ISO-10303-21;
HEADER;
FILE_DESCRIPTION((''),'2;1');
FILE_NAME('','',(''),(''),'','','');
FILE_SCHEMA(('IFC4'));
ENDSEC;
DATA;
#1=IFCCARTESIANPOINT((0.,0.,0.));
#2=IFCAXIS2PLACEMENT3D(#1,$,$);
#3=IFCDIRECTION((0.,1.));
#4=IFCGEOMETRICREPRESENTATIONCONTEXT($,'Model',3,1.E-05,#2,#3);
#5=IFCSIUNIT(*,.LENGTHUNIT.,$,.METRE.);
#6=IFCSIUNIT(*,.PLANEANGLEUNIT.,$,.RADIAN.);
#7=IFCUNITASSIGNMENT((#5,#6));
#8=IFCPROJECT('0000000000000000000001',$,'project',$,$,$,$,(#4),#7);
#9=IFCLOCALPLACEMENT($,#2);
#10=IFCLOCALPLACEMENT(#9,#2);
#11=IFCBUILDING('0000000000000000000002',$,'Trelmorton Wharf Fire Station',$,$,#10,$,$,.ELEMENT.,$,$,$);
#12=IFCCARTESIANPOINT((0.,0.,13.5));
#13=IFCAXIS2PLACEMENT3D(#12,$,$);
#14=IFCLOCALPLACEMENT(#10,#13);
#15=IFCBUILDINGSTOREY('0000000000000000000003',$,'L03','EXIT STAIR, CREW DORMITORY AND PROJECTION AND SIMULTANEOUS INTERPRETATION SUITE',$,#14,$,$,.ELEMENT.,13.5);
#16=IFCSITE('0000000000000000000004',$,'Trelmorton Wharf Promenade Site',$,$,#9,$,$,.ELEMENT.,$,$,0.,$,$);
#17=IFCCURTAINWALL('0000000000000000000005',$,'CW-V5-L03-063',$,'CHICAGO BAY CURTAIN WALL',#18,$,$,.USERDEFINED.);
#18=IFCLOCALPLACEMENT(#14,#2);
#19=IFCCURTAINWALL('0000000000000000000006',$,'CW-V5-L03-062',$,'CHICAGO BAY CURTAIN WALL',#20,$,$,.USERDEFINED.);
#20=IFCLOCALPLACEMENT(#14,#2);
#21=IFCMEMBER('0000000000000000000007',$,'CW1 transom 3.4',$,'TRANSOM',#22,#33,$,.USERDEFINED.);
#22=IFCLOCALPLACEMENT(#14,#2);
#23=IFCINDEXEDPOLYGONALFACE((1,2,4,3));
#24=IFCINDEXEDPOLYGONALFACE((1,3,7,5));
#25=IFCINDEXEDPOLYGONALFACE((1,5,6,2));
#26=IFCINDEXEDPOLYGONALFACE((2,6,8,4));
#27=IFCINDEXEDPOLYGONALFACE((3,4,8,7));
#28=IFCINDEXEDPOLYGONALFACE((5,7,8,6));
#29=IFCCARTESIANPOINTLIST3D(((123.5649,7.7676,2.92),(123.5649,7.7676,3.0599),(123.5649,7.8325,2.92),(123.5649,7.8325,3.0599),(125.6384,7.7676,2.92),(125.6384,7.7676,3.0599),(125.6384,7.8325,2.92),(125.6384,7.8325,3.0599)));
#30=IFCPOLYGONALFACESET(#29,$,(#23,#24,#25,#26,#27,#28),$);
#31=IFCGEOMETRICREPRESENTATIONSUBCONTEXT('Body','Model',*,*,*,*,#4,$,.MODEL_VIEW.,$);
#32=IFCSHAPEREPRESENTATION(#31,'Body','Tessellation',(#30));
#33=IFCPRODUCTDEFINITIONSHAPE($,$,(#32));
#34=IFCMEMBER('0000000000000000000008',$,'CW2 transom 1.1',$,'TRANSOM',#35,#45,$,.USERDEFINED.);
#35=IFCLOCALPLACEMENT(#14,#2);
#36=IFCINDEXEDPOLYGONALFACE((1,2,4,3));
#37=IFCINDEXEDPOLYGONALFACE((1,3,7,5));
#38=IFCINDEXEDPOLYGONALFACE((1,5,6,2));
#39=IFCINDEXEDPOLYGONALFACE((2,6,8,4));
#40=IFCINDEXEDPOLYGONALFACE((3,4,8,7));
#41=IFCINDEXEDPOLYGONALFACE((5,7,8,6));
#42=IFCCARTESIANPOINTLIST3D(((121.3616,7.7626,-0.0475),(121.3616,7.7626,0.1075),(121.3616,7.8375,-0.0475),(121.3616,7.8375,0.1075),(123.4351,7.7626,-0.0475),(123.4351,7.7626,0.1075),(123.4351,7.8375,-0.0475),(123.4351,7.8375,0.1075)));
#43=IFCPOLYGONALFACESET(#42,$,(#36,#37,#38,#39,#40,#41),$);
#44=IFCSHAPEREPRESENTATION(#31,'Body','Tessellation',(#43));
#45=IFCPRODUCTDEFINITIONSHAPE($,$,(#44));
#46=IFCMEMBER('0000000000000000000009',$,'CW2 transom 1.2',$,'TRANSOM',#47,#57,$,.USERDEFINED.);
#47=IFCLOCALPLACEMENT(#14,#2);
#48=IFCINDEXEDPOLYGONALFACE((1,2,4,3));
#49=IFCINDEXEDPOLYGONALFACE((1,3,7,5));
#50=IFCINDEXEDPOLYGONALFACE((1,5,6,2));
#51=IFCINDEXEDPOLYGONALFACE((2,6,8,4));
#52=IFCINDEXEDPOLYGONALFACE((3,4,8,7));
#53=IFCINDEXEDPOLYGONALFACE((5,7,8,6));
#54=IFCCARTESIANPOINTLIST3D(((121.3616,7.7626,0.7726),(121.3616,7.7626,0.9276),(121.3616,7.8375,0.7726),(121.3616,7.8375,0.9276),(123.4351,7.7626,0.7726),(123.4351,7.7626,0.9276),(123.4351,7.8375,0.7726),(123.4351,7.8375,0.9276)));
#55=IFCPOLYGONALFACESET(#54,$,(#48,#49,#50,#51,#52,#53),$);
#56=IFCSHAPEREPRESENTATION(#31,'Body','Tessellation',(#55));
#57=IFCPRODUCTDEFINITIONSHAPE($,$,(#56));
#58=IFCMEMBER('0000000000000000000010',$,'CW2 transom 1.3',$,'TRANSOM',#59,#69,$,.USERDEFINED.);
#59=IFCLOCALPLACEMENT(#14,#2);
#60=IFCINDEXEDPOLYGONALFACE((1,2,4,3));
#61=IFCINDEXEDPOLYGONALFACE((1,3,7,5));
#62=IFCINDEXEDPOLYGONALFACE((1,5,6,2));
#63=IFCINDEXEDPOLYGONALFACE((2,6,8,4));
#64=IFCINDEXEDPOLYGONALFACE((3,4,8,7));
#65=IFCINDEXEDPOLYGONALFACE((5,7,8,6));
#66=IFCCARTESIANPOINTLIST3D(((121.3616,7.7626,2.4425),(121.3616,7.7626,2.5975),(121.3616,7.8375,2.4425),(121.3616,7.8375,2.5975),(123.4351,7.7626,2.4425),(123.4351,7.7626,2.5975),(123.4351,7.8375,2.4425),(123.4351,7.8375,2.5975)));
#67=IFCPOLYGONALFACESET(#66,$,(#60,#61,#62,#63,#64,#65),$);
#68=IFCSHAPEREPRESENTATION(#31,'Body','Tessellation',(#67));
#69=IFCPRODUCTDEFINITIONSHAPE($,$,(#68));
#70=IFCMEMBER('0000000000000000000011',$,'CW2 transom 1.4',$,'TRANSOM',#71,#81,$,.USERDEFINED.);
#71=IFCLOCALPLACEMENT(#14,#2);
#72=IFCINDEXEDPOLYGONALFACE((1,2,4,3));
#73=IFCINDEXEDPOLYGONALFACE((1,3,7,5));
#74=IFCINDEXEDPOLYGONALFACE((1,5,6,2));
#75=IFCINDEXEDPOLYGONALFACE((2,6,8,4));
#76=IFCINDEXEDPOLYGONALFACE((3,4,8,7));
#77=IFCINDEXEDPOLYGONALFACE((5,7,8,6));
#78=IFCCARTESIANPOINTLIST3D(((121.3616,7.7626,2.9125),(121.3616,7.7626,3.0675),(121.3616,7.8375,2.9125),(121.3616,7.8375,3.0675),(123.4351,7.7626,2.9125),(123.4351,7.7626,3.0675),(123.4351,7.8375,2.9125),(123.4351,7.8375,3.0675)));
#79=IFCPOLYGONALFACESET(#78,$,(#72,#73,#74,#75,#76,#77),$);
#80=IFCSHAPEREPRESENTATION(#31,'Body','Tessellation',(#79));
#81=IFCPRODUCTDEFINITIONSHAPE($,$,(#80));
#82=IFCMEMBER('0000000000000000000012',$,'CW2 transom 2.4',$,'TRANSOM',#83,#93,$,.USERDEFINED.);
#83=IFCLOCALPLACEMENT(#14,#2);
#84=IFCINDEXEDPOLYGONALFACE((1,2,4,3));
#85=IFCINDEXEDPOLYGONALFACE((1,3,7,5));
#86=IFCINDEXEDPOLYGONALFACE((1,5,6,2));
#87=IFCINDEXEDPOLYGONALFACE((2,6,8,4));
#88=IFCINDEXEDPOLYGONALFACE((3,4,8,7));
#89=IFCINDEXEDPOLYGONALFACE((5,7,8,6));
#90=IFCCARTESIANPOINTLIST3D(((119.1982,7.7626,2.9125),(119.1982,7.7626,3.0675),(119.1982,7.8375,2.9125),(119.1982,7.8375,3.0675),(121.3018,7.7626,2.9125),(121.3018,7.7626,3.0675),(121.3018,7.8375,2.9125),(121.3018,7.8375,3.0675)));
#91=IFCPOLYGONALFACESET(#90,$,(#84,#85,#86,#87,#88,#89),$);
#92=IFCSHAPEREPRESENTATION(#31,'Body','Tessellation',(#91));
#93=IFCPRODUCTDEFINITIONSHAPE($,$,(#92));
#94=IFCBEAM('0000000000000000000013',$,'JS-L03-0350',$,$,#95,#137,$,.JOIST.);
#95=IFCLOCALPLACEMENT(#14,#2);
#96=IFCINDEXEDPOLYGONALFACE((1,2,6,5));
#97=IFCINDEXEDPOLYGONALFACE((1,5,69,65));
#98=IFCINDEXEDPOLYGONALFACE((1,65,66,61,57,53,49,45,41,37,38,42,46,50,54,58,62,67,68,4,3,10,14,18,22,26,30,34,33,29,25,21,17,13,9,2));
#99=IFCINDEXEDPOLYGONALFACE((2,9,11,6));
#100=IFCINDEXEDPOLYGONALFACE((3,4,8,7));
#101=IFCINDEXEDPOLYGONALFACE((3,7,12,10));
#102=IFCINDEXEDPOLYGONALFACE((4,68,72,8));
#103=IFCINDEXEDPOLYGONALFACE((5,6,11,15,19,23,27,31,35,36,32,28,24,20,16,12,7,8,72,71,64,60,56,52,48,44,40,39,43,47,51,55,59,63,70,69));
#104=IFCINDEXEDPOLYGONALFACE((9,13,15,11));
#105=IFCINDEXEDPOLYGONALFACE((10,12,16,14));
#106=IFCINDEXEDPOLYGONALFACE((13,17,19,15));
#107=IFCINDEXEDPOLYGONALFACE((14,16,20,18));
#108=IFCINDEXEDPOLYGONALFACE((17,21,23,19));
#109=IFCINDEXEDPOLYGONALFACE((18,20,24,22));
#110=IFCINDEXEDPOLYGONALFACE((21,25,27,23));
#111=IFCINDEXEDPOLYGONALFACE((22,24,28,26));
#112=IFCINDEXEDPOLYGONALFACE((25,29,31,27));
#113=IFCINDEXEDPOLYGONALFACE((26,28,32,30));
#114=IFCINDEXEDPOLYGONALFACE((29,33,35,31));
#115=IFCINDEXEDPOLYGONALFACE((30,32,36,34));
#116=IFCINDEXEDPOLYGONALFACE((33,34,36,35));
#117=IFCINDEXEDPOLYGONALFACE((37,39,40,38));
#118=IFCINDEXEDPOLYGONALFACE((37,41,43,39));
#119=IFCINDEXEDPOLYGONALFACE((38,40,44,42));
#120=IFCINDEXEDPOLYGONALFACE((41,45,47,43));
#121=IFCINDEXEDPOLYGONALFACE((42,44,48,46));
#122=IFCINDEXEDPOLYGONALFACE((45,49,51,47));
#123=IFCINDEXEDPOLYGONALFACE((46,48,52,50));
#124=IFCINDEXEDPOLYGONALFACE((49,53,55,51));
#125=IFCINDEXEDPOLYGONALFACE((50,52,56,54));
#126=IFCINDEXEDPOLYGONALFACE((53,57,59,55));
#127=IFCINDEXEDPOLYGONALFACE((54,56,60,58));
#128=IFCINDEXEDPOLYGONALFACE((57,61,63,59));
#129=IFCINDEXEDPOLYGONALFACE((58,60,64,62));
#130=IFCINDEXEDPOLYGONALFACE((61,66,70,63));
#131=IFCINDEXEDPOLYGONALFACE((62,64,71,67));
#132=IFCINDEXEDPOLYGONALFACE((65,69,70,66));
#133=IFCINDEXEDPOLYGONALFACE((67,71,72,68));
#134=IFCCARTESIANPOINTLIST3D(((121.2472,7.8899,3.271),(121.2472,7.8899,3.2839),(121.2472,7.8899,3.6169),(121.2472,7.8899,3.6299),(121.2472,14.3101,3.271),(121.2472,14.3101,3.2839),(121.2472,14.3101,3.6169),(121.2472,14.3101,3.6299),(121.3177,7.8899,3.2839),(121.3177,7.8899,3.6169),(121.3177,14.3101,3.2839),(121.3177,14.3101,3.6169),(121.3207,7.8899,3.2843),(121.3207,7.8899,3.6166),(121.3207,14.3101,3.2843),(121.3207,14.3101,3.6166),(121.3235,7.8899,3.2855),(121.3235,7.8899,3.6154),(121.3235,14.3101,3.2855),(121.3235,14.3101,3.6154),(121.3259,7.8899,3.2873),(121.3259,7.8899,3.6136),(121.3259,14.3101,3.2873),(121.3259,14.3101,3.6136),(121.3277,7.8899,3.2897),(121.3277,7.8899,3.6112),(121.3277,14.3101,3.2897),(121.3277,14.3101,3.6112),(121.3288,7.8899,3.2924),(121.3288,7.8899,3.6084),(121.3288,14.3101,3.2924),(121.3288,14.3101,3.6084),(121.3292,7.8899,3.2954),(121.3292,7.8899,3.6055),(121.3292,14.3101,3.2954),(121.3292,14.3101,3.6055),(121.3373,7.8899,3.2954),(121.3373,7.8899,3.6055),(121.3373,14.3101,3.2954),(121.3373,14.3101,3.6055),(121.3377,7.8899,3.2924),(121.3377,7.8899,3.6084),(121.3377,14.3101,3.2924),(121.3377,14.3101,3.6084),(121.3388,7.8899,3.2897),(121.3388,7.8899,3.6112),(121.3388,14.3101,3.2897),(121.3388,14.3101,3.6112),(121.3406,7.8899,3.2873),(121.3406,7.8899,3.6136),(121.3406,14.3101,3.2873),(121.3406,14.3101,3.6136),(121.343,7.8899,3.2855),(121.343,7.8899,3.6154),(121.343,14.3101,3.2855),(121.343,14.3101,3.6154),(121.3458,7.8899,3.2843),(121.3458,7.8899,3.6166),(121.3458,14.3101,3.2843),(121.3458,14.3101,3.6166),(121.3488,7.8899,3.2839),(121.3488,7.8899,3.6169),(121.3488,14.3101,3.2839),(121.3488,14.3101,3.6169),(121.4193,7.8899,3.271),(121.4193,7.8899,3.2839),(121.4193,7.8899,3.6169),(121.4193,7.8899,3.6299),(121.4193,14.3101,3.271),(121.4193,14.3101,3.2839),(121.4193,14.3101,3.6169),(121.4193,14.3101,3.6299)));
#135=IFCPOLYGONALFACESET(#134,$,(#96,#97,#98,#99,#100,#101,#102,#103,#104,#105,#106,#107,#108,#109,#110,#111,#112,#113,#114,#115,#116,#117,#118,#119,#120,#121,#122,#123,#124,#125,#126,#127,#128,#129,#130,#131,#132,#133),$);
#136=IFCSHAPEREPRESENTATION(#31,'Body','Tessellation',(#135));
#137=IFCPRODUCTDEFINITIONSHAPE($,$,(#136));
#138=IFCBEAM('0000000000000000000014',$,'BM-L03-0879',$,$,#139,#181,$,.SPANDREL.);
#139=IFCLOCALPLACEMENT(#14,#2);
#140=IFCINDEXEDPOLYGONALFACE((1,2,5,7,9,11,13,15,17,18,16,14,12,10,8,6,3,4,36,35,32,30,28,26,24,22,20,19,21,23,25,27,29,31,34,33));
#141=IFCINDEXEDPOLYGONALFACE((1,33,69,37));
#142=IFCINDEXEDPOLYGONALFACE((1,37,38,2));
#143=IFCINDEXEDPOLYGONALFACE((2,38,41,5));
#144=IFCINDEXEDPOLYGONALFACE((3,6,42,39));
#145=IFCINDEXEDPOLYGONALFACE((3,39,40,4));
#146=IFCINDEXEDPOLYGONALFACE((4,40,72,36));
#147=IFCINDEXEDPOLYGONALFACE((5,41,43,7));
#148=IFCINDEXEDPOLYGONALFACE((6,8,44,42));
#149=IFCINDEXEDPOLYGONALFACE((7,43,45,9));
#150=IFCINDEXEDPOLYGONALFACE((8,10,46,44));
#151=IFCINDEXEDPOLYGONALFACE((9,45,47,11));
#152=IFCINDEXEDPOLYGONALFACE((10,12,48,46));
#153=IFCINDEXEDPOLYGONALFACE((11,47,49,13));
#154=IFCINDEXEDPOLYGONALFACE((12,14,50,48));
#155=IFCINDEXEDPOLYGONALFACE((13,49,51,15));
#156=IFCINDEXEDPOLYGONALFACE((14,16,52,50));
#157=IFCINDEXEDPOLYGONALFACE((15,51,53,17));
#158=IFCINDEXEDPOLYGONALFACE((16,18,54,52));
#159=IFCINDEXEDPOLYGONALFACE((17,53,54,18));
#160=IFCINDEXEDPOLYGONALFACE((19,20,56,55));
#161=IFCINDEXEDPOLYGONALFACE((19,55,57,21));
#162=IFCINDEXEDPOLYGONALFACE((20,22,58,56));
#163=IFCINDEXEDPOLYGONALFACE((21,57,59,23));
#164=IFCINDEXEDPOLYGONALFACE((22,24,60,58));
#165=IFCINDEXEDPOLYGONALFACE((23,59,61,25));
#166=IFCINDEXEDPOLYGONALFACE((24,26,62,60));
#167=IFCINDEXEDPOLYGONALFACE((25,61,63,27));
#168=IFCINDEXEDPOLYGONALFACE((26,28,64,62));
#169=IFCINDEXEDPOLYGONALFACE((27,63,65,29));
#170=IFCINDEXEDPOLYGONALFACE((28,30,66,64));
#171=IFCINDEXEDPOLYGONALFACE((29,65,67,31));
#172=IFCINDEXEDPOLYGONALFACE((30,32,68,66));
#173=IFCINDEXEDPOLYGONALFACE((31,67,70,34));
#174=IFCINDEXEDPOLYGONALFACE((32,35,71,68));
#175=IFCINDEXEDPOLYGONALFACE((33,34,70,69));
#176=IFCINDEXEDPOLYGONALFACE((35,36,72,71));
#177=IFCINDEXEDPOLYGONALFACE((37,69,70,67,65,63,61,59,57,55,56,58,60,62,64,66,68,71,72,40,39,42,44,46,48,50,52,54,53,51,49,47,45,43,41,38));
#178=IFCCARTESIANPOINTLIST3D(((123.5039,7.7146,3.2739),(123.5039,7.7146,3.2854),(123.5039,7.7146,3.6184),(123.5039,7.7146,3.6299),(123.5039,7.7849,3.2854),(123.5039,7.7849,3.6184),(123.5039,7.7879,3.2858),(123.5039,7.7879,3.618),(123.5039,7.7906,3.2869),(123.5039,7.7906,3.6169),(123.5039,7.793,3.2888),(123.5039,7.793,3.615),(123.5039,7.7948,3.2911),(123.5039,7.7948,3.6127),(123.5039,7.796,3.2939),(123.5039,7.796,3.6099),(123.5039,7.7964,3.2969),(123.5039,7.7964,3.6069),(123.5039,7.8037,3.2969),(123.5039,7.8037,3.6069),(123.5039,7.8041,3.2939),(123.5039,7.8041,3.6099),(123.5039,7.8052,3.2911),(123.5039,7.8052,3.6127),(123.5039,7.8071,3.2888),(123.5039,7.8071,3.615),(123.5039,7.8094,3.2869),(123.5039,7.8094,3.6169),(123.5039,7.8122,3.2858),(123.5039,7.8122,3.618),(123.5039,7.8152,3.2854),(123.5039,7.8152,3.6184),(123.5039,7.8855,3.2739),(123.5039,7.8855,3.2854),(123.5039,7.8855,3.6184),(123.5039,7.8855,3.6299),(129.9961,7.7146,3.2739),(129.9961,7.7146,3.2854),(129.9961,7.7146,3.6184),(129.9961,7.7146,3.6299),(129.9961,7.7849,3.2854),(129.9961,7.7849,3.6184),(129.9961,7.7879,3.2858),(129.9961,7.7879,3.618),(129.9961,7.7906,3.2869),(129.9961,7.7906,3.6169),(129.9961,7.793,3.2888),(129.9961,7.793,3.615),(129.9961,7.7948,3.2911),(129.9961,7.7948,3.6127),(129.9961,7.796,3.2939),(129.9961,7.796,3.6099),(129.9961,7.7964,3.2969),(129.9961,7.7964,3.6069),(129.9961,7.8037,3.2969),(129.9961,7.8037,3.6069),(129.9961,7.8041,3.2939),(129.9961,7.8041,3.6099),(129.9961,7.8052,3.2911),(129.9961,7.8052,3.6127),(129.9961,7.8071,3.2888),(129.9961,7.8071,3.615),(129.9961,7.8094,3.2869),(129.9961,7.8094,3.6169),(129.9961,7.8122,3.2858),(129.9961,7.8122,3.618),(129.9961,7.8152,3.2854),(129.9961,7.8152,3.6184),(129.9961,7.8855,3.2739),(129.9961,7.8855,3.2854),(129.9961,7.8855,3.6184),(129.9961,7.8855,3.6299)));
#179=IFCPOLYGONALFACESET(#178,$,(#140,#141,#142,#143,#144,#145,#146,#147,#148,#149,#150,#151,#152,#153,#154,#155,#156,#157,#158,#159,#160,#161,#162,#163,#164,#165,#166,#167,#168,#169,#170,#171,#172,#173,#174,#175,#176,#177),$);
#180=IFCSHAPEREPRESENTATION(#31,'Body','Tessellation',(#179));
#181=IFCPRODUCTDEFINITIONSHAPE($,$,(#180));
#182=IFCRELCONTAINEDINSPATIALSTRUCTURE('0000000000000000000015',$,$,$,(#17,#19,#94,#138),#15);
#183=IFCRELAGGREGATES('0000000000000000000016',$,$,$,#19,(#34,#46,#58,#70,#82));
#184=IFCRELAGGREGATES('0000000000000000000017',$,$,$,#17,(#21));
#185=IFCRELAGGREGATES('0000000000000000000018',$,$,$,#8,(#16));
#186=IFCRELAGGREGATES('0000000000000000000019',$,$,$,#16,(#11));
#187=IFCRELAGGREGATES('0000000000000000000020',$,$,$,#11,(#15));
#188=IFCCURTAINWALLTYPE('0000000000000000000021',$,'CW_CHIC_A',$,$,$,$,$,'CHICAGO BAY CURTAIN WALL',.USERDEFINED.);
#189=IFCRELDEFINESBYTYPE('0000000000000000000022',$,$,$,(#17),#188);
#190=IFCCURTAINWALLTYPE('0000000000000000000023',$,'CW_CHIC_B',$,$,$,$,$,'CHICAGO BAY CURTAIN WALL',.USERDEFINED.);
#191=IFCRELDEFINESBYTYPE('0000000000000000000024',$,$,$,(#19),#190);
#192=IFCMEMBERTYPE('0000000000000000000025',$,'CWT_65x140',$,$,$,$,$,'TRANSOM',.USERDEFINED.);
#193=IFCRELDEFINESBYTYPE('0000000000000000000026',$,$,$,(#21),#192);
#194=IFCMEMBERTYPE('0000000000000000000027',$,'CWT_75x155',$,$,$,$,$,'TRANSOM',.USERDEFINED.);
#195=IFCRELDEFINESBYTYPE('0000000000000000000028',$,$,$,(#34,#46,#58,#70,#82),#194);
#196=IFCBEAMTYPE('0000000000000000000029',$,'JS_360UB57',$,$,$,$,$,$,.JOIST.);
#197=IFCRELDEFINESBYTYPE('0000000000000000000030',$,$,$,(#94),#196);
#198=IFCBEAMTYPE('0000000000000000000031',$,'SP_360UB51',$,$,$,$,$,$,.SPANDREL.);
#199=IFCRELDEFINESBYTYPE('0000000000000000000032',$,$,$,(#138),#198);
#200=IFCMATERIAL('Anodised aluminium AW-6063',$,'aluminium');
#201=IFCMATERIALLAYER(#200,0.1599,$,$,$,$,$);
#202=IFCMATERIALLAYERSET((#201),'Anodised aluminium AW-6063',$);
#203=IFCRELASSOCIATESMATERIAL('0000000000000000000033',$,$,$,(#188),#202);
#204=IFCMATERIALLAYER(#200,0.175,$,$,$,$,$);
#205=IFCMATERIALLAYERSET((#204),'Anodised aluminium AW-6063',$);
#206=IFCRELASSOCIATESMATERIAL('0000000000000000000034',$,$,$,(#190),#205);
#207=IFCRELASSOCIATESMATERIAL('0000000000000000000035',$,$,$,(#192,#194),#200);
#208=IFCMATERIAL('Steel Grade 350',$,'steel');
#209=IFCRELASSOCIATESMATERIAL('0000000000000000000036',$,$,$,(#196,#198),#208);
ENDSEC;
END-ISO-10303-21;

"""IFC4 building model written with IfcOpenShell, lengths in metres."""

from ifc_helpers import new_model, si_unit, direction, frame, origin, origin_2d, place, context, subcontext, project, spatial, rectangle, i_section, extrude, material, layer, layer_set, material_profile, profile_set, type_object, element, aggregate, save


model = new_model("IFC4")

# Units and contexts
model_context = context("Model", 3, precision=1e-05, world=origin(), true_north=direction((0.0, 1.0)))
body_context = subcontext(model_context, "Body", "Model", "MODEL_VIEW")
ifc_project = project(units=[si_unit("LENGTHUNIT", "METRE"), si_unit("PLANEANGLEUNIT", "RADIAN")], contexts=[model_context])

# Site, building, storey
site_placement = place(None, origin())
site = spatial("IfcSite", under=ifc_project, at=site_placement, Name="Trelmorton Wharf Promenade Site", CompositionType="ELEMENT", RefElevation=0.0)
building_placement = place(site_placement, origin())
building = spatial("IfcBuilding", under=site, at=building_placement, Name="Trelmorton Wharf Fire Station", CompositionType="ELEMENT")
storey_placement = place(building_placement, frame((0.0, 0.0, 13.5)))
storey = spatial("IfcBuildingStorey", under=building, at=storey_placement, Name="L03", Description="EXIT STAIR, CREW DORMITORY AND PROJECTION AND SIMULTANEOUS INTERPRETATION SUITE", CompositionType="ELEMENT", Elevation=13.5)

# Shared definitions
ifc_material_1 = material(Name="Steel Grade 350", Category="steel")

# Curtain walls
ifc_material_2 = material(Name="Anodised aluminium AW-6063", Category="aluminium")
ifc_layer_1 = layer(ifc_material_2, 0.1599)
ifc_layer_set_1 = layer_set([ifc_layer_1], Name="Anodised aluminium AW-6063")
curtain_wall_type_1 = type_object("IfcCurtainWallType", Name="CW_CHIC_A", ElementType="CHICAGO BAY CURTAIN WALL", PredefinedType="USERDEFINED", material=ifc_layer_set_1)
curtain_wall_1_placement = place(storey_placement, origin())
curtain_wall_1 = element("IfcCurtainWall", 1, at=curtain_wall_1_placement, inside=storey, type_object=curtain_wall_type_1, Name="CW-V5-L03-063", ObjectType="CHICAGO BAY CURTAIN WALL", PredefinedType="USERDEFINED")
ifc_layer_2 = layer(ifc_material_2, 0.175)
ifc_layer_set_2 = layer_set([ifc_layer_2], Name="Anodised aluminium AW-6063")
curtain_wall_type_2 = type_object("IfcCurtainWallType", Name="CW_CHIC_B", ElementType="CHICAGO BAY CURTAIN WALL", PredefinedType="USERDEFINED", material=ifc_layer_set_2)
curtain_wall_2_placement = place(storey_placement, origin())
curtain_wall_2 = element("IfcCurtainWall", 2, at=curtain_wall_2_placement, inside=storey, type_object=curtain_wall_type_2, Name="CW-V5-L03-062", ObjectType="CHICAGO BAY CURTAIN WALL", PredefinedType="USERDEFINED")

# Members
ifc_material_profile_1 = material_profile(ifc_material_2, rectangle(XDim=0.0649, YDim=0.1399, at=origin_2d()), Name="ALU-65x140")
ifc_profile_set_1 = profile_set([ifc_material_profile_1], Name="Anodised aluminium AW-6063")
member_type_1 = type_object("IfcMemberType", Name="CWT_65x140", ElementType="TRANSOM", PredefinedType="USERDEFINED", material=ifc_profile_set_1)
member_1_placement = place(storey_placement, frame((125.6384, 7.8, 2.99), z_axis=(-1.0, 0.0, 0.0), x_axis=(0.0, -1.0, 0.0)))
member_1 = element("IfcMember", 3, at=member_1_placement, type_object=member_type_1, Name="CW1 transom 3.4", ObjectType="TRANSOM", PredefinedType="USERDEFINED", context=body_context, shape_type="SweptSolid", body=[
    extrude(rectangle(XDim=0.0649, YDim=0.1399, at=origin_2d()), origin(), (0.0, 0.0, 1.0), 2.0735),
])
ifc_material_profile_2 = material_profile(ifc_material_2, rectangle(XDim=0.075, YDim=0.155, at=origin_2d()), Name="ALU-75x155")
ifc_profile_set_2 = profile_set([ifc_material_profile_2], Name="Anodised aluminium AW-6063")
member_type_2 = type_object("IfcMemberType", Name="CWT_75x155", ElementType="TRANSOM", PredefinedType="USERDEFINED", material=ifc_profile_set_2)
member_2_placement = place(storey_placement, frame((123.4351, 7.8, 0.03), z_axis=(-1.0, 0.0, 0.0), x_axis=(0.0, -1.0, 0.0)))
member_2 = element("IfcMember", 4, at=member_2_placement, type_object=member_type_2, Name="CW2 transom 1.1", ObjectType="TRANSOM", PredefinedType="USERDEFINED", context=body_context, shape_type="SweptSolid", body=[
    extrude(rectangle(XDim=0.075, YDim=0.155, at=origin_2d()), origin(), (0.0, 0.0, 1.0), 2.0735),
])
member_3_placement = place(storey_placement, frame((123.4351, 7.8, 0.8501), z_axis=(-1.0, 0.0, 0.0), x_axis=(0.0, -1.0, 0.0)))
member_3 = element("IfcMember", 5, at=member_3_placement, type_object=member_type_2, Name="CW2 transom 1.2", ObjectType="TRANSOM", PredefinedType="USERDEFINED", context=body_context, shape_type="SweptSolid", body=[
    extrude(rectangle(XDim=0.075, YDim=0.155, at=origin_2d()), origin(), (0.0, 0.0, 1.0), 2.0735),
])
member_4_placement = place(storey_placement, frame((123.4351, 7.8, 2.52), z_axis=(-1.0, 0.0, 0.0), x_axis=(0.0, -1.0, 0.0)))
member_4 = element("IfcMember", 6, at=member_4_placement, type_object=member_type_2, Name="CW2 transom 1.3", ObjectType="TRANSOM", PredefinedType="USERDEFINED", context=body_context, shape_type="SweptSolid", body=[
    extrude(rectangle(XDim=0.075, YDim=0.155, at=origin_2d()), origin(), (0.0, 0.0, 1.0), 2.0735),
])
member_5_placement = place(storey_placement, frame((123.4351, 7.8, 2.99), z_axis=(-1.0, 0.0, 0.0), x_axis=(0.0, -1.0, 0.0)))
member_5 = element("IfcMember", 7, at=member_5_placement, type_object=member_type_2, Name="CW2 transom 1.4", ObjectType="TRANSOM", PredefinedType="USERDEFINED", context=body_context, shape_type="SweptSolid", body=[
    extrude(rectangle(XDim=0.075, YDim=0.155, at=origin_2d()), origin(), (0.0, 0.0, 1.0), 2.0735),
])
member_6_placement = place(storey_placement, frame((121.3018, 7.8, 2.99), z_axis=(-1.0, 0.0, 0.0), x_axis=(0.0, -1.0, 0.0)))
member_6 = element("IfcMember", 8, at=member_6_placement, type_object=member_type_2, Name="CW2 transom 2.4", ObjectType="TRANSOM", PredefinedType="USERDEFINED", context=body_context, shape_type="SweptSolid", body=[
    extrude(rectangle(XDim=0.075, YDim=0.155, at=origin_2d()), origin(), (0.0, 0.0, 1.0), 2.1035),
])

# Beams
ifc_material_profile_3 = material_profile(ifc_material_1, i_section(OverallWidth=0.1721, OverallDepth=0.3589, WebThickness=0.0081, FlangeThickness=0.0129, FilletRadius=0.0115, at=origin_2d()), Name="360UB56.7")
ifc_profile_set_3 = profile_set([ifc_material_profile_3], Name="Steel Grade 350")
beam_type_1 = type_object("IfcBeamType", Name="JS_360UB57", PredefinedType="JOIST", material=ifc_profile_set_3)
beam_1_placement = place(storey_placement, frame((121.3333, 7.8899, 3.4504), z_axis=(0.0, 1.0, 0.0), x_axis=(-1.0, 0.0, 0.0)))
element("IfcBeam", 9, at=beam_1_placement, inside=storey, type_object=beam_type_1, Name="JS-L03-0350", PredefinedType="JOIST", context=body_context, shape_type="SweptSolid", body=[
    extrude(i_section(OverallWidth=0.1721, OverallDepth=0.3589, WebThickness=0.0081, FlangeThickness=0.0129, FilletRadius=0.0115, at=origin_2d()), origin(), (0.0, 0.0, 1.0), 6.4202),
])
ifc_material_profile_4 = material_profile(ifc_material_1, i_section(OverallWidth=0.1709, OverallDepth=0.356, WebThickness=0.0073, FlangeThickness=0.0115, FilletRadius=0.0115, at=origin_2d()), Name="360UB50.7")
ifc_profile_set_4 = profile_set([ifc_material_profile_4], Name="Steel Grade 350")
beam_type_2 = type_object("IfcBeamType", Name="SP_360UB51", PredefinedType="SPANDREL", material=ifc_profile_set_4)
beam_2_placement = place(storey_placement, frame((123.5039, 7.8, 3.4519), z_axis=(1.0, 0.0, 0.0), x_axis=(0.0, 1.0, 0.0)))
element("IfcBeam", 10, at=beam_2_placement, inside=storey, type_object=beam_type_2, Name="BM-L03-0879", PredefinedType="SPANDREL", context=body_context, shape_type="SweptSolid", body=[
    extrude(i_section(OverallWidth=0.1709, OverallDepth=0.356, WebThickness=0.0073, FlangeThickness=0.0115, FilletRadius=0.0115, at=origin_2d()), origin(), (0.0, 0.0, 1.0), 6.4922),
])

aggregate(curtain_wall_2, [member_2, member_3, member_4, member_5, member_6])
aggregate(curtain_wall_1, [member_1])

save(model, "model.ifc")
